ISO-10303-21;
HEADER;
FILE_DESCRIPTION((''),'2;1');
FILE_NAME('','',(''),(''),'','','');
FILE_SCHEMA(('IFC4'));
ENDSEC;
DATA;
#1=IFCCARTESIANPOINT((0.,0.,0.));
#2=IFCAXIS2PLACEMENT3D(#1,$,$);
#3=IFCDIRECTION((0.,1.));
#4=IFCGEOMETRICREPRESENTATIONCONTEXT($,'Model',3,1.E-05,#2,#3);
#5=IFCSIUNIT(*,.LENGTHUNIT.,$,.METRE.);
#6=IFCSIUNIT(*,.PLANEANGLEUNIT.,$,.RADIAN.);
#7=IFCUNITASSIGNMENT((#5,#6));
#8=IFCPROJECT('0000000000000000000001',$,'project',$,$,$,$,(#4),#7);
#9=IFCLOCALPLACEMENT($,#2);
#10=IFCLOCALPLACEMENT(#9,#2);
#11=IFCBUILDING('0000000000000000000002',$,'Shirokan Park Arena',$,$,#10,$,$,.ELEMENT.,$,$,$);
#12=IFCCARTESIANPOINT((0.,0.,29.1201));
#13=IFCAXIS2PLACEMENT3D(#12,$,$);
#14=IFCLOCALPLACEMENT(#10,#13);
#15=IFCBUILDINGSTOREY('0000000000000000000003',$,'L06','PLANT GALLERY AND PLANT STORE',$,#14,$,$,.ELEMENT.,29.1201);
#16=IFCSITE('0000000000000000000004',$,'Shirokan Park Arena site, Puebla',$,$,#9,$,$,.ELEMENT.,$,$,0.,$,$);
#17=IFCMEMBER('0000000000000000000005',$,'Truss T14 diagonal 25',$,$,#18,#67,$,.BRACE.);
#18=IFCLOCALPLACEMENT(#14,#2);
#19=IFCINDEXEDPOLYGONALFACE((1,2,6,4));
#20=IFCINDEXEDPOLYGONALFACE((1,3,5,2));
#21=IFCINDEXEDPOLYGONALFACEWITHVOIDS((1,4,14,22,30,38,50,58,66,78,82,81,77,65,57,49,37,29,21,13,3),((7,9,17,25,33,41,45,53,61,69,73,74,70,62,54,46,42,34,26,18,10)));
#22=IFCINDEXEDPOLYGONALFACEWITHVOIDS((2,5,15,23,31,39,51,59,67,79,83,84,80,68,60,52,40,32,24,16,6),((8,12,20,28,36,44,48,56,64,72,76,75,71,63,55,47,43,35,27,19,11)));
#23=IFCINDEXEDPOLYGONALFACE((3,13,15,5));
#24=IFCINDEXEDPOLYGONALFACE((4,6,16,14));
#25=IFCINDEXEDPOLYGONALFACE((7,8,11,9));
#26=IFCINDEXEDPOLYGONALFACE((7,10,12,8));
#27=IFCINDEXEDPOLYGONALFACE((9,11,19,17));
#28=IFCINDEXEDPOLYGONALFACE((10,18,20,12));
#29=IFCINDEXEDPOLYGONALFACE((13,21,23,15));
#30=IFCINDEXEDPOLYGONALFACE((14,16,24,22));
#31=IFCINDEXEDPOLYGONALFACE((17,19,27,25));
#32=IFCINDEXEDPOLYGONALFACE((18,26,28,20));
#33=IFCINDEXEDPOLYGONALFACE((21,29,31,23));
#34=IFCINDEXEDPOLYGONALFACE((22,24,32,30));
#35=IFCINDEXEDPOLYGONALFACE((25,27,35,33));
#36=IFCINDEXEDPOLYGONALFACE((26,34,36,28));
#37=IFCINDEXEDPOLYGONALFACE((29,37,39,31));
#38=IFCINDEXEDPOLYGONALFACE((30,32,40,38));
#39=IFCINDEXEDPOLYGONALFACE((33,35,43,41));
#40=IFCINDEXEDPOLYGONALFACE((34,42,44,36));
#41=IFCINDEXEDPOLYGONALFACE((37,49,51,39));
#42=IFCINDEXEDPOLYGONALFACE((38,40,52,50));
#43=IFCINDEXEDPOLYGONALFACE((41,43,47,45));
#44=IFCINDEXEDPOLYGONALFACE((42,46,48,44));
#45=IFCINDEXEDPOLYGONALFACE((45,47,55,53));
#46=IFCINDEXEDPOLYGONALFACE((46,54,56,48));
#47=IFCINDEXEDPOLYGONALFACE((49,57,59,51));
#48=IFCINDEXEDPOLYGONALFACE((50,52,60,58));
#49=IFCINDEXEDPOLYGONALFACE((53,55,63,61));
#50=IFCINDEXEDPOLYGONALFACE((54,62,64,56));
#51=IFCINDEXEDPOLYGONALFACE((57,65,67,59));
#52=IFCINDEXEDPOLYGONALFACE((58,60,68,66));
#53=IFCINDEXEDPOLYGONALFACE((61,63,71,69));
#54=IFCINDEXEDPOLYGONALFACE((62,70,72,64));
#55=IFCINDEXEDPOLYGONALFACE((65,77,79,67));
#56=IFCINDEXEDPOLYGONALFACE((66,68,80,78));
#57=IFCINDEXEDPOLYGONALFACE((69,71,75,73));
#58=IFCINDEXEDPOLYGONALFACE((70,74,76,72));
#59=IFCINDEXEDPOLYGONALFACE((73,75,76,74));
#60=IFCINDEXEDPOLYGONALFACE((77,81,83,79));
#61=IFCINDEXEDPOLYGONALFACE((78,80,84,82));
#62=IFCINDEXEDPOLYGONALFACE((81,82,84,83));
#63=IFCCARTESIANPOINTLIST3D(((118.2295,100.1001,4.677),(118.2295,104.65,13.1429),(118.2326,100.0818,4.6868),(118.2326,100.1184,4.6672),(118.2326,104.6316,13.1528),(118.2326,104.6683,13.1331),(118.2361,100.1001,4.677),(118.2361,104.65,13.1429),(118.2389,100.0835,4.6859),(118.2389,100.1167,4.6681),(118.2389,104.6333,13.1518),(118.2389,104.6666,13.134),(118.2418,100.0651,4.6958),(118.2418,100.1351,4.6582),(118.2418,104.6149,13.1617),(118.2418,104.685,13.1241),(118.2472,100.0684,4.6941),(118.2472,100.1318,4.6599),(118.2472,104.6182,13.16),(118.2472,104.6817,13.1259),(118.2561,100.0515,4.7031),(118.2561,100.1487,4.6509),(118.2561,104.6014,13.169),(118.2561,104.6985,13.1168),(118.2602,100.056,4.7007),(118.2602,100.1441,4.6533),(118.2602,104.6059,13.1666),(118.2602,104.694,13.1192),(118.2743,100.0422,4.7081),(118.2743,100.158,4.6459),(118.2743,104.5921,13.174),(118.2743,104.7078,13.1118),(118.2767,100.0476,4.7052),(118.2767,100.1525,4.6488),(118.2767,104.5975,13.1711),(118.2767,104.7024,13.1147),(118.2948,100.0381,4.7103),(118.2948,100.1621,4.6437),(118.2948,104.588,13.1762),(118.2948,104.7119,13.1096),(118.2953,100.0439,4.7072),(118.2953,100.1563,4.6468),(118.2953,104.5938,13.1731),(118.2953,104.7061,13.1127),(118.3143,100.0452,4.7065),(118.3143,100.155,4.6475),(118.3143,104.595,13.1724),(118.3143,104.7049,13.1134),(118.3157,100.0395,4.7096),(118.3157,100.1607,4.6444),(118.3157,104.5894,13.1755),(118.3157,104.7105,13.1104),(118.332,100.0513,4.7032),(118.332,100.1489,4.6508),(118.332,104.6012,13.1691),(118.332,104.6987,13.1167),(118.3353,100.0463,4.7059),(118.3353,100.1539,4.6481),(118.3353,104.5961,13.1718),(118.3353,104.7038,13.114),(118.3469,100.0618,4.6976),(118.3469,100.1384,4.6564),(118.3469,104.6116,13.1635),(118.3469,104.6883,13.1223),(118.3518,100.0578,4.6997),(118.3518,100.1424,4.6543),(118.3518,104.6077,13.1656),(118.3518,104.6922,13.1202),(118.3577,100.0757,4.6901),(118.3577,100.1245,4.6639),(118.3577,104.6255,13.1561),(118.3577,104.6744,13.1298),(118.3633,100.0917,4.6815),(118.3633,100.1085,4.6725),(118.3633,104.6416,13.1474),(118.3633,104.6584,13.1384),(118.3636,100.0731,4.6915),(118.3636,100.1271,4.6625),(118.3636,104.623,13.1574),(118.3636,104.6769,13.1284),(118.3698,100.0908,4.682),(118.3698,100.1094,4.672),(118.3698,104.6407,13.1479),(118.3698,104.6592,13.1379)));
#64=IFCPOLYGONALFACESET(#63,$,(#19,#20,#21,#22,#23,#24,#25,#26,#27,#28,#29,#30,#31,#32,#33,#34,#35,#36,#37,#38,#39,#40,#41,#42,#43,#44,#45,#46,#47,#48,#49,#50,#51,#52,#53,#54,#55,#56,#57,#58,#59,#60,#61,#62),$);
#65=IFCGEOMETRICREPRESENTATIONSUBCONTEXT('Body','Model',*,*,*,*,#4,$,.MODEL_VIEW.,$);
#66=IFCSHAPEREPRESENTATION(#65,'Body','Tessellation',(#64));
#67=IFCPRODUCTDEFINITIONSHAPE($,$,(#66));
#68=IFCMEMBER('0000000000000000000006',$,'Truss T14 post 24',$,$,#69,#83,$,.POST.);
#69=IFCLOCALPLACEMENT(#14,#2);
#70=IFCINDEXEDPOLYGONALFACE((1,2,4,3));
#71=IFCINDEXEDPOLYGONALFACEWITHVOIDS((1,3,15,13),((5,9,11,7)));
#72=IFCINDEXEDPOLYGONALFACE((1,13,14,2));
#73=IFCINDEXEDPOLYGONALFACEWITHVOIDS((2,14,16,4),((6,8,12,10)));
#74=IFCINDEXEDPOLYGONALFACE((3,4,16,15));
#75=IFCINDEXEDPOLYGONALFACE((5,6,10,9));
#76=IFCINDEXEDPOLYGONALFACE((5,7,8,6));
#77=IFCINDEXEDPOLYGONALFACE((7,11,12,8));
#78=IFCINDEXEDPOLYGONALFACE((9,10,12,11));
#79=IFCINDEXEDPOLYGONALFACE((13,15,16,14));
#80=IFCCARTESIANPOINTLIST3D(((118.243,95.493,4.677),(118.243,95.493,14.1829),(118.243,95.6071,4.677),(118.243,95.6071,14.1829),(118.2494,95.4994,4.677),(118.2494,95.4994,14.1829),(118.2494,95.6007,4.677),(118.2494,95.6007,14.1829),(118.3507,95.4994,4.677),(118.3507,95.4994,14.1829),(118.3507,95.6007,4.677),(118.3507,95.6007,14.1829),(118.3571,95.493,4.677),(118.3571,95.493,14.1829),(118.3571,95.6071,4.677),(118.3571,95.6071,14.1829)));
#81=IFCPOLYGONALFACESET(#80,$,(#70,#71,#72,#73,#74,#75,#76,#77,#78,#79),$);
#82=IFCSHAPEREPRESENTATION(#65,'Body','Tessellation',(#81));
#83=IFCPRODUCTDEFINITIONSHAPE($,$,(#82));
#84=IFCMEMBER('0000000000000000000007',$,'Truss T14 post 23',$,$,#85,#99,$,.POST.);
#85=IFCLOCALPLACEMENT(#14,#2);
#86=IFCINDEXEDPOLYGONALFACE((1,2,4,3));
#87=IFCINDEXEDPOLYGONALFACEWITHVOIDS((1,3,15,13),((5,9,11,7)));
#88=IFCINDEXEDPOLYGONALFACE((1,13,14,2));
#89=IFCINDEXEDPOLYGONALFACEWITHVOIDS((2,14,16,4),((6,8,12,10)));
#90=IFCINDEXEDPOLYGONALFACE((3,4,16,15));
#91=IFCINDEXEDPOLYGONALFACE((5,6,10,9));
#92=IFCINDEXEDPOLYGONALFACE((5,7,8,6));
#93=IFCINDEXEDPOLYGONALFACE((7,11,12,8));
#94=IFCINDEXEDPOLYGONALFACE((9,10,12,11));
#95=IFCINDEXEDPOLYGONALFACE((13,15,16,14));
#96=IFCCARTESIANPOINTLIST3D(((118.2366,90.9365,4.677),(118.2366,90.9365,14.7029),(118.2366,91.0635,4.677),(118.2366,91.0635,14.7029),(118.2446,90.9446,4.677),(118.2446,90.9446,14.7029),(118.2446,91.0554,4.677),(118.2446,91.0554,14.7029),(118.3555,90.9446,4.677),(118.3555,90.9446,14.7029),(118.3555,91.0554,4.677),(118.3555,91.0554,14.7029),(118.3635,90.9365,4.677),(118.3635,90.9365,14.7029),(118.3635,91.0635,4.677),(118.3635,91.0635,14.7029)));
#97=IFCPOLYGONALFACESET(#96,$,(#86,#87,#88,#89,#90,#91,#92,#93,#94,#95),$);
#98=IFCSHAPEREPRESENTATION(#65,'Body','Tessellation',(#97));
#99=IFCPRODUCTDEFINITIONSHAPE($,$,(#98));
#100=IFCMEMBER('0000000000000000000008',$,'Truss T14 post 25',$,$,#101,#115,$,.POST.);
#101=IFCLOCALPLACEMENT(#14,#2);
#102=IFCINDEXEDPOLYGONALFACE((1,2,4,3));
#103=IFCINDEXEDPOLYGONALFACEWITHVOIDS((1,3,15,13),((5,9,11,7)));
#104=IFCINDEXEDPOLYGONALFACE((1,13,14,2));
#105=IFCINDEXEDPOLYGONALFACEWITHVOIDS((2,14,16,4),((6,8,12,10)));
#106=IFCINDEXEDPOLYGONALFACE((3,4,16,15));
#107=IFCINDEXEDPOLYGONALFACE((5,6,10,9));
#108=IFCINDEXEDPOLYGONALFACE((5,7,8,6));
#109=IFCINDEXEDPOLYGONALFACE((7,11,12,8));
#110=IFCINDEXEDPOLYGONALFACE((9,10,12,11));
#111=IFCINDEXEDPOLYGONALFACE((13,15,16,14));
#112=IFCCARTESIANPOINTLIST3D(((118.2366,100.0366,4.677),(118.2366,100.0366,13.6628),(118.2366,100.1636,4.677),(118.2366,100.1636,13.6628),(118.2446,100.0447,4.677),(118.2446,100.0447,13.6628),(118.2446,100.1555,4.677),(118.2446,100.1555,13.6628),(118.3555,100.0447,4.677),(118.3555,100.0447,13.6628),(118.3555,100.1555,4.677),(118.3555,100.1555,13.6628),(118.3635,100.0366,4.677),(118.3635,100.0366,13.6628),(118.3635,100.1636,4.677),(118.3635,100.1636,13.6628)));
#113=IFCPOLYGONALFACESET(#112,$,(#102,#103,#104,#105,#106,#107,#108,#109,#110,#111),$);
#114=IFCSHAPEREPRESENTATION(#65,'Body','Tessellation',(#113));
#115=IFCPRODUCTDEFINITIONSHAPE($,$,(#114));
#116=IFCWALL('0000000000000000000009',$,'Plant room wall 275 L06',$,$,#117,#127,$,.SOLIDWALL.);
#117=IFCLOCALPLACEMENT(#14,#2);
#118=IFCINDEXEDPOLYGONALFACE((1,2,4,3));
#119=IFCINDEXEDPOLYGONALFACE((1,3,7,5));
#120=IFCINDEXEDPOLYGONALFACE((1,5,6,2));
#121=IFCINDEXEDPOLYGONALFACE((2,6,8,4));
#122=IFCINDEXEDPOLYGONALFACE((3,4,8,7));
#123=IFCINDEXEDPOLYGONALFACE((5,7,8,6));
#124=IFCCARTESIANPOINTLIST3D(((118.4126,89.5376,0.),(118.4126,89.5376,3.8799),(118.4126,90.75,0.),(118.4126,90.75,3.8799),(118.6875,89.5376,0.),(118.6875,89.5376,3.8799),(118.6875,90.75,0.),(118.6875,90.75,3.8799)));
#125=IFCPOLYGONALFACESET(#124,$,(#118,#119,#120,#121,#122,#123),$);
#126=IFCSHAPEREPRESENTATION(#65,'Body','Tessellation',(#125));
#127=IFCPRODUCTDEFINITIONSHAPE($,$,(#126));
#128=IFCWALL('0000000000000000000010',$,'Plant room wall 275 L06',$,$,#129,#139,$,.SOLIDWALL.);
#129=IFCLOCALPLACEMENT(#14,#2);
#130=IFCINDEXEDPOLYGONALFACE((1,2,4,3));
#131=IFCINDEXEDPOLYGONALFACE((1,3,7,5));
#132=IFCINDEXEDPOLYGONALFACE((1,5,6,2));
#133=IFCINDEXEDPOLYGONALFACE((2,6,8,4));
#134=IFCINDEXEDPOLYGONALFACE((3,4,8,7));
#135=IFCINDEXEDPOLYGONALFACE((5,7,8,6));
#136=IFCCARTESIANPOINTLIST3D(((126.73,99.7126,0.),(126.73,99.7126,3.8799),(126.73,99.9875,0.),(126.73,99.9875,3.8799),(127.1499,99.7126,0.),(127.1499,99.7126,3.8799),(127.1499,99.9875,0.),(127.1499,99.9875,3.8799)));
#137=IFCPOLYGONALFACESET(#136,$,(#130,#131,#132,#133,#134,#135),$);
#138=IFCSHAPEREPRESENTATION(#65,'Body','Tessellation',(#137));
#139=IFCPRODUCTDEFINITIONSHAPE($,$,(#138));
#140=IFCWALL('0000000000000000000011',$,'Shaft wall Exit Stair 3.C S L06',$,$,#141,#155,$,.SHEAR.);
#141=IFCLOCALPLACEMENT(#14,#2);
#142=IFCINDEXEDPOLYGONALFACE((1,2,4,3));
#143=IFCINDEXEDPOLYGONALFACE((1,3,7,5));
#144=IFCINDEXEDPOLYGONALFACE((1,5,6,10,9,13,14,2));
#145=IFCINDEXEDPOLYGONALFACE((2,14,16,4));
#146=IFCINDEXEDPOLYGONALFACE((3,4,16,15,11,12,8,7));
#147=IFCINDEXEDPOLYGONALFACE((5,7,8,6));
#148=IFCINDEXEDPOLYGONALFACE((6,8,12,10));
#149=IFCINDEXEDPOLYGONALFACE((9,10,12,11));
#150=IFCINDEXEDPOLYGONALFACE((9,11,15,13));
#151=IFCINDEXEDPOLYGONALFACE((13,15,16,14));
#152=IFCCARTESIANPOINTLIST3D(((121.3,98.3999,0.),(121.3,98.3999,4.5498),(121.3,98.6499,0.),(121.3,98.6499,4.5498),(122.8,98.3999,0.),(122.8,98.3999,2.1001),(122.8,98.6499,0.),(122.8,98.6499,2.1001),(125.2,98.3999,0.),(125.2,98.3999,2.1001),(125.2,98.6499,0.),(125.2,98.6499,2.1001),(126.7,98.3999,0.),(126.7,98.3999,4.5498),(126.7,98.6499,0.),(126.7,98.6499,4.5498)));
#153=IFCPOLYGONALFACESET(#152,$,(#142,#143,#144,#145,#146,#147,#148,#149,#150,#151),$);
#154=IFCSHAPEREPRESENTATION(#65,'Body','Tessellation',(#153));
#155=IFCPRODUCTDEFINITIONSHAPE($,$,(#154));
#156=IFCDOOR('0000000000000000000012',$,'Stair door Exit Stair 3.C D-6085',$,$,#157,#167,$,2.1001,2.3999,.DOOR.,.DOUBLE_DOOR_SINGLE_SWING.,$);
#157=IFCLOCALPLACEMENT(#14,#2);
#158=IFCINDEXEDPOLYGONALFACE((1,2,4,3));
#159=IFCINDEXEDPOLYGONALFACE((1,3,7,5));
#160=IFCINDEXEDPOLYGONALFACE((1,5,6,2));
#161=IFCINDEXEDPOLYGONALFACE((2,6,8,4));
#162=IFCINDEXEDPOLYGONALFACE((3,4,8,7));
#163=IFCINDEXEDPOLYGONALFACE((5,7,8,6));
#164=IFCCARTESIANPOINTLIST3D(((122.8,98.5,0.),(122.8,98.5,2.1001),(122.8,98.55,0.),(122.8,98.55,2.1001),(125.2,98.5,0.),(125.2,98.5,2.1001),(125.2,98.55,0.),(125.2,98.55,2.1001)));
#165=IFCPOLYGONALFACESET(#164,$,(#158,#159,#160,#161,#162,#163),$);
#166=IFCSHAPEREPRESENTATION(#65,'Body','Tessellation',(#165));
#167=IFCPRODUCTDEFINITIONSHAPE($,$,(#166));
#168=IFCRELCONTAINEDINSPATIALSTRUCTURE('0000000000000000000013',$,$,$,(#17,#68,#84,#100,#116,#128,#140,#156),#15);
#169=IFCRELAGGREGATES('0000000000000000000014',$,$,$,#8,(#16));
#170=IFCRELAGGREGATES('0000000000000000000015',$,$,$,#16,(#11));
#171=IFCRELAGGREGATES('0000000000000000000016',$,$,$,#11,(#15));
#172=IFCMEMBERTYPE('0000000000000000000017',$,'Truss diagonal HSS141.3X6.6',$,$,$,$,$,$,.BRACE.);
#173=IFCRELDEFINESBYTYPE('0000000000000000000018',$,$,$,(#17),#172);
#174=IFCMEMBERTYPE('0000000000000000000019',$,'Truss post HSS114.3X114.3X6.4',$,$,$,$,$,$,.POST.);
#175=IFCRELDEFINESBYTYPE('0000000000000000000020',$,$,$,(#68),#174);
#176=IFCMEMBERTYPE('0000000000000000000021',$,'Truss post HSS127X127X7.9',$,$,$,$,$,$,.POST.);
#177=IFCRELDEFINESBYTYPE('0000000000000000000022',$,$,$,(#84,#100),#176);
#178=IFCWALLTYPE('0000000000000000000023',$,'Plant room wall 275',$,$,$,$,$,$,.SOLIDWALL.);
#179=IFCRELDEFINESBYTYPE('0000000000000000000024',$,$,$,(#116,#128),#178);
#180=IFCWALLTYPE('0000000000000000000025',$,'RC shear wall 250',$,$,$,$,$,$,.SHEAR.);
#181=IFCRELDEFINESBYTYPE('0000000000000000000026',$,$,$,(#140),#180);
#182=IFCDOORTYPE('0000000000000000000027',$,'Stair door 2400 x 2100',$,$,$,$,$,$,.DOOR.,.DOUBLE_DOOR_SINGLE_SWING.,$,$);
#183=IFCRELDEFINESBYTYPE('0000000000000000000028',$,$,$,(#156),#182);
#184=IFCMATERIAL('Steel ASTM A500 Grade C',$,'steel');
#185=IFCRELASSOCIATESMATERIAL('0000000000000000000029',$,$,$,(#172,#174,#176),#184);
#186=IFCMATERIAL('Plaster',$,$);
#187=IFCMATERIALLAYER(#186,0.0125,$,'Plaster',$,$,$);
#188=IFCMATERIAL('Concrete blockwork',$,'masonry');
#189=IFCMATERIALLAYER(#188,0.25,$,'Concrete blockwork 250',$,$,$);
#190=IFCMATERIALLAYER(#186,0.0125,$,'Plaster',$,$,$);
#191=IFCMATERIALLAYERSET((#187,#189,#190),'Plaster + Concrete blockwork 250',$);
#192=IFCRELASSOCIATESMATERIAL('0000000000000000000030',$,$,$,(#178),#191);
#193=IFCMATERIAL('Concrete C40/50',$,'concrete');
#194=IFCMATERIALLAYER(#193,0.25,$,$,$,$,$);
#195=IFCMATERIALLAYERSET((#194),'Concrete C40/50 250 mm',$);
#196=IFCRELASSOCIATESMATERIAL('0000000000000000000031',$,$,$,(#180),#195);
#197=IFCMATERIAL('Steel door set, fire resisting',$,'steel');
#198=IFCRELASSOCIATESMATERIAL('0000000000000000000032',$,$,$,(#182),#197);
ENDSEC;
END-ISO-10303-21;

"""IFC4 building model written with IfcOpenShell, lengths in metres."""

from ifc_helpers import new_model, si_unit, direction, frame, frame_2d, origin, origin_2d, place, context, subcontext, project, spatial, rectangle, hollow_rectangle, hollow_circle, extrude, material, layer, layer_set, material_profile, profile_set, type_object, element, fill, save


model = new_model("IFC4")

# Units and contexts
model_context = context("Model", 3, precision=1e-05, world=origin(), true_north=direction((0.0, 1.0)))
body_context = subcontext(model_context, "Body", "Model", "MODEL_VIEW")
ifc_project = project(units=[si_unit("LENGTHUNIT", "METRE"), si_unit("PLANEANGLEUNIT", "RADIAN")], contexts=[model_context])

# Site, building, storey
site_placement = place(None, origin())
site = spatial("IfcSite", under=ifc_project, at=site_placement, Name="Shirokan Park Arena site, Puebla", CompositionType="ELEMENT", RefElevation=0.0)
building_placement = place(site_placement, origin())
building = spatial("IfcBuilding", under=site, at=building_placement, Name="Shirokan Park Arena", CompositionType="ELEMENT")
storey_placement = place(building_placement, frame((0.0, 0.0, 29.1201)))
storey = spatial("IfcBuildingStorey", under=building, at=storey_placement, Name="L06", Description="PLANT GALLERY AND PLANT STORE", CompositionType="ELEMENT", Elevation=29.1201)

# Shared definitions
ifc_material_1 = material(Name="Steel ASTM A500 Grade C", Category="steel")

# Members
ifc_material_profile_1 = material_profile(ifc_material_1, hollow_circle(Radius=0.0706, WallThickness=0.0066, at=origin_2d()), Name="HSS141.3X6.6")
ifc_profile_set_1 = profile_set([ifc_material_profile_1], Name="Steel ASTM A500 Grade C")
member_type_1 = type_object("IfcMemberType", Name="Truss diagonal HSS141.3X6.6", PredefinedType="BRACE", material=ifc_profile_set_1)
member_1_placement = place(storey_placement, frame((118.3, 100.1001, 4.677), z_axis=(0.0, 0.473397, 0.880849), x_axis=(-1.0, 0.0, 0.0)))
element("IfcMember", 1, at=member_1_placement, inside=storey, type_object=member_type_1, Name="Truss T14 diagonal 25", PredefinedType="BRACE", context=body_context, shape_type="SweptSolid", body=[
    extrude(hollow_circle(Radius=0.0706, WallThickness=0.0066, at=origin_2d()), origin(), (0.0, 0.0, 1.0), 9.6111),
])
ifc_material_profile_2 = material_profile(ifc_material_1, hollow_rectangle(XDim=0.114, YDim=0.114, WallThickness=0.0063, at=origin_2d()), Name="HSS114.3X114.3X6.4")
ifc_profile_set_2 = profile_set([ifc_material_profile_2], Name="Steel ASTM A500 Grade C")
member_type_2 = type_object("IfcMemberType", Name="Truss post HSS114.3X114.3X6.4", PredefinedType="POST", material=ifc_profile_set_2)
member_2_placement = place(storey_placement, frame((118.3, 95.55, 4.677), z_axis=(0.0, 0.0, 1.0), x_axis=(1.0, 0.0, 0.0)))
element("IfcMember", 2, at=member_2_placement, inside=storey, type_object=member_type_2, Name="Truss T14 post 24", PredefinedType="POST", context=body_context, shape_type="SweptSolid", body=[
    extrude(hollow_rectangle(XDim=0.114, YDim=0.114, WallThickness=0.0063, at=origin_2d()), origin(), (0.0, 0.0, 1.0), 9.5059),
])
ifc_material_profile_3 = material_profile(ifc_material_1, hollow_rectangle(XDim=0.127, YDim=0.127, WallThickness=0.0081, at=origin_2d()), Name="HSS127X127X7.9")
ifc_profile_set_3 = profile_set([ifc_material_profile_3], Name="Steel ASTM A500 Grade C")
member_type_3 = type_object("IfcMemberType", Name="Truss post HSS127X127X7.9", PredefinedType="POST", material=ifc_profile_set_3)
member_3_placement = place(storey_placement, frame((118.3, 91.0, 4.677), z_axis=(0.0, 0.0, 1.0), x_axis=(1.0, 0.0, 0.0)))
element("IfcMember", 3, at=member_3_placement, inside=storey, type_object=member_type_3, Name="Truss T14 post 23", PredefinedType="POST", context=body_context, shape_type="SweptSolid", body=[
    extrude(hollow_rectangle(XDim=0.127, YDim=0.127, WallThickness=0.0081, at=origin_2d()), origin(), (0.0, 0.0, 1.0), 10.0259),
])
member_4_placement = place(storey_placement, frame((118.3, 100.1001, 4.677), z_axis=(0.0, 0.0, 1.0), x_axis=(1.0, 0.0, 0.0)))
element("IfcMember", 4, at=member_4_placement, inside=storey, type_object=member_type_3, Name="Truss T14 post 25", PredefinedType="POST", context=body_context, shape_type="SweptSolid", body=[
    extrude(hollow_rectangle(XDim=0.127, YDim=0.127, WallThickness=0.0081, at=origin_2d()), origin(), (0.0, 0.0, 1.0), 8.9858),
])

# Wall
ifc_material_2 = material(Name="Plaster")
ifc_layer_1 = layer(ifc_material_2, 0.0125, Name="Plaster")
ifc_material_3 = material(Name="Concrete blockwork", Category="masonry")
ifc_layer_2 = layer(ifc_material_3, 0.25, Name="Concrete blockwork 250")
ifc_layer_3 = layer(ifc_material_2, 0.0125, Name="Plaster")
ifc_layer_set_1 = layer_set([ifc_layer_1, ifc_layer_2, ifc_layer_3], Name="Plaster + Concrete blockwork 250")
wall_type_1 = type_object("IfcWallType", Name="Plant room wall 275", PredefinedType="SOLIDWALL", material=ifc_layer_set_1)
wall_1_placement = place(storey_placement, frame((118.55, 89.5376, 0.0), z_axis=(0.0, 0.0, 1.0), x_axis=(0.0, 1.0, 0.0)))
element("IfcWall", 5, at=wall_1_placement, inside=storey, type_object=wall_type_1, Name="Plant room wall 275 L06", PredefinedType="SOLIDWALL", context=body_context, shape_type="SweptSolid", body=[
    extrude(rectangle(XDim=1.2124, YDim=0.2749, at=frame_2d((0.6062, 0.0))), origin(), (0.0, 0.0, 1.0), 3.8799),
])

# Wall
wall_2_placement = place(storey_placement, frame((126.73, 99.8501, 0.0), z_axis=(0.0, 0.0, 1.0), x_axis=(1.0, 0.0, 0.0)))
element("IfcWall", 6, at=wall_2_placement, inside=storey, type_object=wall_type_1, Name="Plant room wall 275 L06", PredefinedType="SOLIDWALL", context=body_context, shape_type="SweptSolid", body=[
    extrude(rectangle(XDim=0.4199, YDim=0.2749, at=frame_2d((0.21, 0.0))), origin(), (0.0, 0.0, 1.0), 3.8799),
])

# Wall, opening, door
ifc_material_4 = material(Name="Concrete C40/50", Category="concrete")
ifc_layer_4 = layer(ifc_material_4, 0.25)
ifc_layer_set_2 = layer_set([ifc_layer_4], Name="Concrete C40/50 250 mm")
wall_type_2 = type_object("IfcWallType", Name="RC shear wall 250", PredefinedType="SHEAR", material=ifc_layer_set_2)
wall_3_placement = place(storey_placement, frame((126.7, 98.5249, 0.0), z_axis=(0.0, 0.0, 1.0), x_axis=(-1.0, 0.0, 0.0)))
wall_3 = element("IfcWall", 7, at=wall_3_placement, inside=storey, type_object=wall_type_2, Name="Shaft wall Exit Stair 3.C S L06", PredefinedType="SHEAR", context=body_context, shape_type="SweptSolid", body=[
    extrude(rectangle(XDim=5.3999, YDim=0.25, at=frame_2d((2.7, 0.0))), origin(), (0.0, 0.0, 1.0), 4.5498),
])
opening_1_placement = place(wall_3_placement, frame((1.5, 0.0, 0.0)))
opening_1 = element("IfcOpeningElement", 8, at=opening_1_placement, cuts=wall_3, PredefinedType="OPENING", context=body_context, shape_type="SweptSolid", body=[
    extrude(rectangle(XDim=2.3999, YDim=2.1001, at=frame_2d((1.2, 1.05))), frame((0.0, 0.135, 0.0), z_axis=(0.0, -1.0, 0.0), x_axis=(1.0, 0.0, 0.0)), (0.0, 0.0, 1.0), 0.27),
])
ifc_material_5 = material(Name="Steel door set, fire resisting", Category="steel")
door_type_1 = type_object("IfcDoorType", Name="Stair door 2400 x 2100", OperationType="DOUBLE_DOOR_SINGLE_SWING", PredefinedType="DOOR", material=ifc_material_5)
door_1_placement = place(opening_1_placement, origin())
door_1 = element("IfcDoor", 9, at=door_1_placement, inside=storey, type_object=door_type_1, Name="Stair door Exit Stair 3.C D-6085", OperationType="DOUBLE_DOOR_SINGLE_SWING", OverallHeight=2.1001, OverallWidth=2.3999, PredefinedType="DOOR", context=body_context, shape_type="SweptSolid", body=[
    extrude(rectangle(XDim=2.3999, YDim=2.1001, at=frame_2d((1.2, 1.05))), frame((0.0, 0.0249, 0.0), z_axis=(0.0, -1.0, 0.0), x_axis=(1.0, 0.0, 0.0)), (0.0, 0.0, 1.0), 0.05),
])
fill(opening_1, door_1)

save(model, "model.ifc")
